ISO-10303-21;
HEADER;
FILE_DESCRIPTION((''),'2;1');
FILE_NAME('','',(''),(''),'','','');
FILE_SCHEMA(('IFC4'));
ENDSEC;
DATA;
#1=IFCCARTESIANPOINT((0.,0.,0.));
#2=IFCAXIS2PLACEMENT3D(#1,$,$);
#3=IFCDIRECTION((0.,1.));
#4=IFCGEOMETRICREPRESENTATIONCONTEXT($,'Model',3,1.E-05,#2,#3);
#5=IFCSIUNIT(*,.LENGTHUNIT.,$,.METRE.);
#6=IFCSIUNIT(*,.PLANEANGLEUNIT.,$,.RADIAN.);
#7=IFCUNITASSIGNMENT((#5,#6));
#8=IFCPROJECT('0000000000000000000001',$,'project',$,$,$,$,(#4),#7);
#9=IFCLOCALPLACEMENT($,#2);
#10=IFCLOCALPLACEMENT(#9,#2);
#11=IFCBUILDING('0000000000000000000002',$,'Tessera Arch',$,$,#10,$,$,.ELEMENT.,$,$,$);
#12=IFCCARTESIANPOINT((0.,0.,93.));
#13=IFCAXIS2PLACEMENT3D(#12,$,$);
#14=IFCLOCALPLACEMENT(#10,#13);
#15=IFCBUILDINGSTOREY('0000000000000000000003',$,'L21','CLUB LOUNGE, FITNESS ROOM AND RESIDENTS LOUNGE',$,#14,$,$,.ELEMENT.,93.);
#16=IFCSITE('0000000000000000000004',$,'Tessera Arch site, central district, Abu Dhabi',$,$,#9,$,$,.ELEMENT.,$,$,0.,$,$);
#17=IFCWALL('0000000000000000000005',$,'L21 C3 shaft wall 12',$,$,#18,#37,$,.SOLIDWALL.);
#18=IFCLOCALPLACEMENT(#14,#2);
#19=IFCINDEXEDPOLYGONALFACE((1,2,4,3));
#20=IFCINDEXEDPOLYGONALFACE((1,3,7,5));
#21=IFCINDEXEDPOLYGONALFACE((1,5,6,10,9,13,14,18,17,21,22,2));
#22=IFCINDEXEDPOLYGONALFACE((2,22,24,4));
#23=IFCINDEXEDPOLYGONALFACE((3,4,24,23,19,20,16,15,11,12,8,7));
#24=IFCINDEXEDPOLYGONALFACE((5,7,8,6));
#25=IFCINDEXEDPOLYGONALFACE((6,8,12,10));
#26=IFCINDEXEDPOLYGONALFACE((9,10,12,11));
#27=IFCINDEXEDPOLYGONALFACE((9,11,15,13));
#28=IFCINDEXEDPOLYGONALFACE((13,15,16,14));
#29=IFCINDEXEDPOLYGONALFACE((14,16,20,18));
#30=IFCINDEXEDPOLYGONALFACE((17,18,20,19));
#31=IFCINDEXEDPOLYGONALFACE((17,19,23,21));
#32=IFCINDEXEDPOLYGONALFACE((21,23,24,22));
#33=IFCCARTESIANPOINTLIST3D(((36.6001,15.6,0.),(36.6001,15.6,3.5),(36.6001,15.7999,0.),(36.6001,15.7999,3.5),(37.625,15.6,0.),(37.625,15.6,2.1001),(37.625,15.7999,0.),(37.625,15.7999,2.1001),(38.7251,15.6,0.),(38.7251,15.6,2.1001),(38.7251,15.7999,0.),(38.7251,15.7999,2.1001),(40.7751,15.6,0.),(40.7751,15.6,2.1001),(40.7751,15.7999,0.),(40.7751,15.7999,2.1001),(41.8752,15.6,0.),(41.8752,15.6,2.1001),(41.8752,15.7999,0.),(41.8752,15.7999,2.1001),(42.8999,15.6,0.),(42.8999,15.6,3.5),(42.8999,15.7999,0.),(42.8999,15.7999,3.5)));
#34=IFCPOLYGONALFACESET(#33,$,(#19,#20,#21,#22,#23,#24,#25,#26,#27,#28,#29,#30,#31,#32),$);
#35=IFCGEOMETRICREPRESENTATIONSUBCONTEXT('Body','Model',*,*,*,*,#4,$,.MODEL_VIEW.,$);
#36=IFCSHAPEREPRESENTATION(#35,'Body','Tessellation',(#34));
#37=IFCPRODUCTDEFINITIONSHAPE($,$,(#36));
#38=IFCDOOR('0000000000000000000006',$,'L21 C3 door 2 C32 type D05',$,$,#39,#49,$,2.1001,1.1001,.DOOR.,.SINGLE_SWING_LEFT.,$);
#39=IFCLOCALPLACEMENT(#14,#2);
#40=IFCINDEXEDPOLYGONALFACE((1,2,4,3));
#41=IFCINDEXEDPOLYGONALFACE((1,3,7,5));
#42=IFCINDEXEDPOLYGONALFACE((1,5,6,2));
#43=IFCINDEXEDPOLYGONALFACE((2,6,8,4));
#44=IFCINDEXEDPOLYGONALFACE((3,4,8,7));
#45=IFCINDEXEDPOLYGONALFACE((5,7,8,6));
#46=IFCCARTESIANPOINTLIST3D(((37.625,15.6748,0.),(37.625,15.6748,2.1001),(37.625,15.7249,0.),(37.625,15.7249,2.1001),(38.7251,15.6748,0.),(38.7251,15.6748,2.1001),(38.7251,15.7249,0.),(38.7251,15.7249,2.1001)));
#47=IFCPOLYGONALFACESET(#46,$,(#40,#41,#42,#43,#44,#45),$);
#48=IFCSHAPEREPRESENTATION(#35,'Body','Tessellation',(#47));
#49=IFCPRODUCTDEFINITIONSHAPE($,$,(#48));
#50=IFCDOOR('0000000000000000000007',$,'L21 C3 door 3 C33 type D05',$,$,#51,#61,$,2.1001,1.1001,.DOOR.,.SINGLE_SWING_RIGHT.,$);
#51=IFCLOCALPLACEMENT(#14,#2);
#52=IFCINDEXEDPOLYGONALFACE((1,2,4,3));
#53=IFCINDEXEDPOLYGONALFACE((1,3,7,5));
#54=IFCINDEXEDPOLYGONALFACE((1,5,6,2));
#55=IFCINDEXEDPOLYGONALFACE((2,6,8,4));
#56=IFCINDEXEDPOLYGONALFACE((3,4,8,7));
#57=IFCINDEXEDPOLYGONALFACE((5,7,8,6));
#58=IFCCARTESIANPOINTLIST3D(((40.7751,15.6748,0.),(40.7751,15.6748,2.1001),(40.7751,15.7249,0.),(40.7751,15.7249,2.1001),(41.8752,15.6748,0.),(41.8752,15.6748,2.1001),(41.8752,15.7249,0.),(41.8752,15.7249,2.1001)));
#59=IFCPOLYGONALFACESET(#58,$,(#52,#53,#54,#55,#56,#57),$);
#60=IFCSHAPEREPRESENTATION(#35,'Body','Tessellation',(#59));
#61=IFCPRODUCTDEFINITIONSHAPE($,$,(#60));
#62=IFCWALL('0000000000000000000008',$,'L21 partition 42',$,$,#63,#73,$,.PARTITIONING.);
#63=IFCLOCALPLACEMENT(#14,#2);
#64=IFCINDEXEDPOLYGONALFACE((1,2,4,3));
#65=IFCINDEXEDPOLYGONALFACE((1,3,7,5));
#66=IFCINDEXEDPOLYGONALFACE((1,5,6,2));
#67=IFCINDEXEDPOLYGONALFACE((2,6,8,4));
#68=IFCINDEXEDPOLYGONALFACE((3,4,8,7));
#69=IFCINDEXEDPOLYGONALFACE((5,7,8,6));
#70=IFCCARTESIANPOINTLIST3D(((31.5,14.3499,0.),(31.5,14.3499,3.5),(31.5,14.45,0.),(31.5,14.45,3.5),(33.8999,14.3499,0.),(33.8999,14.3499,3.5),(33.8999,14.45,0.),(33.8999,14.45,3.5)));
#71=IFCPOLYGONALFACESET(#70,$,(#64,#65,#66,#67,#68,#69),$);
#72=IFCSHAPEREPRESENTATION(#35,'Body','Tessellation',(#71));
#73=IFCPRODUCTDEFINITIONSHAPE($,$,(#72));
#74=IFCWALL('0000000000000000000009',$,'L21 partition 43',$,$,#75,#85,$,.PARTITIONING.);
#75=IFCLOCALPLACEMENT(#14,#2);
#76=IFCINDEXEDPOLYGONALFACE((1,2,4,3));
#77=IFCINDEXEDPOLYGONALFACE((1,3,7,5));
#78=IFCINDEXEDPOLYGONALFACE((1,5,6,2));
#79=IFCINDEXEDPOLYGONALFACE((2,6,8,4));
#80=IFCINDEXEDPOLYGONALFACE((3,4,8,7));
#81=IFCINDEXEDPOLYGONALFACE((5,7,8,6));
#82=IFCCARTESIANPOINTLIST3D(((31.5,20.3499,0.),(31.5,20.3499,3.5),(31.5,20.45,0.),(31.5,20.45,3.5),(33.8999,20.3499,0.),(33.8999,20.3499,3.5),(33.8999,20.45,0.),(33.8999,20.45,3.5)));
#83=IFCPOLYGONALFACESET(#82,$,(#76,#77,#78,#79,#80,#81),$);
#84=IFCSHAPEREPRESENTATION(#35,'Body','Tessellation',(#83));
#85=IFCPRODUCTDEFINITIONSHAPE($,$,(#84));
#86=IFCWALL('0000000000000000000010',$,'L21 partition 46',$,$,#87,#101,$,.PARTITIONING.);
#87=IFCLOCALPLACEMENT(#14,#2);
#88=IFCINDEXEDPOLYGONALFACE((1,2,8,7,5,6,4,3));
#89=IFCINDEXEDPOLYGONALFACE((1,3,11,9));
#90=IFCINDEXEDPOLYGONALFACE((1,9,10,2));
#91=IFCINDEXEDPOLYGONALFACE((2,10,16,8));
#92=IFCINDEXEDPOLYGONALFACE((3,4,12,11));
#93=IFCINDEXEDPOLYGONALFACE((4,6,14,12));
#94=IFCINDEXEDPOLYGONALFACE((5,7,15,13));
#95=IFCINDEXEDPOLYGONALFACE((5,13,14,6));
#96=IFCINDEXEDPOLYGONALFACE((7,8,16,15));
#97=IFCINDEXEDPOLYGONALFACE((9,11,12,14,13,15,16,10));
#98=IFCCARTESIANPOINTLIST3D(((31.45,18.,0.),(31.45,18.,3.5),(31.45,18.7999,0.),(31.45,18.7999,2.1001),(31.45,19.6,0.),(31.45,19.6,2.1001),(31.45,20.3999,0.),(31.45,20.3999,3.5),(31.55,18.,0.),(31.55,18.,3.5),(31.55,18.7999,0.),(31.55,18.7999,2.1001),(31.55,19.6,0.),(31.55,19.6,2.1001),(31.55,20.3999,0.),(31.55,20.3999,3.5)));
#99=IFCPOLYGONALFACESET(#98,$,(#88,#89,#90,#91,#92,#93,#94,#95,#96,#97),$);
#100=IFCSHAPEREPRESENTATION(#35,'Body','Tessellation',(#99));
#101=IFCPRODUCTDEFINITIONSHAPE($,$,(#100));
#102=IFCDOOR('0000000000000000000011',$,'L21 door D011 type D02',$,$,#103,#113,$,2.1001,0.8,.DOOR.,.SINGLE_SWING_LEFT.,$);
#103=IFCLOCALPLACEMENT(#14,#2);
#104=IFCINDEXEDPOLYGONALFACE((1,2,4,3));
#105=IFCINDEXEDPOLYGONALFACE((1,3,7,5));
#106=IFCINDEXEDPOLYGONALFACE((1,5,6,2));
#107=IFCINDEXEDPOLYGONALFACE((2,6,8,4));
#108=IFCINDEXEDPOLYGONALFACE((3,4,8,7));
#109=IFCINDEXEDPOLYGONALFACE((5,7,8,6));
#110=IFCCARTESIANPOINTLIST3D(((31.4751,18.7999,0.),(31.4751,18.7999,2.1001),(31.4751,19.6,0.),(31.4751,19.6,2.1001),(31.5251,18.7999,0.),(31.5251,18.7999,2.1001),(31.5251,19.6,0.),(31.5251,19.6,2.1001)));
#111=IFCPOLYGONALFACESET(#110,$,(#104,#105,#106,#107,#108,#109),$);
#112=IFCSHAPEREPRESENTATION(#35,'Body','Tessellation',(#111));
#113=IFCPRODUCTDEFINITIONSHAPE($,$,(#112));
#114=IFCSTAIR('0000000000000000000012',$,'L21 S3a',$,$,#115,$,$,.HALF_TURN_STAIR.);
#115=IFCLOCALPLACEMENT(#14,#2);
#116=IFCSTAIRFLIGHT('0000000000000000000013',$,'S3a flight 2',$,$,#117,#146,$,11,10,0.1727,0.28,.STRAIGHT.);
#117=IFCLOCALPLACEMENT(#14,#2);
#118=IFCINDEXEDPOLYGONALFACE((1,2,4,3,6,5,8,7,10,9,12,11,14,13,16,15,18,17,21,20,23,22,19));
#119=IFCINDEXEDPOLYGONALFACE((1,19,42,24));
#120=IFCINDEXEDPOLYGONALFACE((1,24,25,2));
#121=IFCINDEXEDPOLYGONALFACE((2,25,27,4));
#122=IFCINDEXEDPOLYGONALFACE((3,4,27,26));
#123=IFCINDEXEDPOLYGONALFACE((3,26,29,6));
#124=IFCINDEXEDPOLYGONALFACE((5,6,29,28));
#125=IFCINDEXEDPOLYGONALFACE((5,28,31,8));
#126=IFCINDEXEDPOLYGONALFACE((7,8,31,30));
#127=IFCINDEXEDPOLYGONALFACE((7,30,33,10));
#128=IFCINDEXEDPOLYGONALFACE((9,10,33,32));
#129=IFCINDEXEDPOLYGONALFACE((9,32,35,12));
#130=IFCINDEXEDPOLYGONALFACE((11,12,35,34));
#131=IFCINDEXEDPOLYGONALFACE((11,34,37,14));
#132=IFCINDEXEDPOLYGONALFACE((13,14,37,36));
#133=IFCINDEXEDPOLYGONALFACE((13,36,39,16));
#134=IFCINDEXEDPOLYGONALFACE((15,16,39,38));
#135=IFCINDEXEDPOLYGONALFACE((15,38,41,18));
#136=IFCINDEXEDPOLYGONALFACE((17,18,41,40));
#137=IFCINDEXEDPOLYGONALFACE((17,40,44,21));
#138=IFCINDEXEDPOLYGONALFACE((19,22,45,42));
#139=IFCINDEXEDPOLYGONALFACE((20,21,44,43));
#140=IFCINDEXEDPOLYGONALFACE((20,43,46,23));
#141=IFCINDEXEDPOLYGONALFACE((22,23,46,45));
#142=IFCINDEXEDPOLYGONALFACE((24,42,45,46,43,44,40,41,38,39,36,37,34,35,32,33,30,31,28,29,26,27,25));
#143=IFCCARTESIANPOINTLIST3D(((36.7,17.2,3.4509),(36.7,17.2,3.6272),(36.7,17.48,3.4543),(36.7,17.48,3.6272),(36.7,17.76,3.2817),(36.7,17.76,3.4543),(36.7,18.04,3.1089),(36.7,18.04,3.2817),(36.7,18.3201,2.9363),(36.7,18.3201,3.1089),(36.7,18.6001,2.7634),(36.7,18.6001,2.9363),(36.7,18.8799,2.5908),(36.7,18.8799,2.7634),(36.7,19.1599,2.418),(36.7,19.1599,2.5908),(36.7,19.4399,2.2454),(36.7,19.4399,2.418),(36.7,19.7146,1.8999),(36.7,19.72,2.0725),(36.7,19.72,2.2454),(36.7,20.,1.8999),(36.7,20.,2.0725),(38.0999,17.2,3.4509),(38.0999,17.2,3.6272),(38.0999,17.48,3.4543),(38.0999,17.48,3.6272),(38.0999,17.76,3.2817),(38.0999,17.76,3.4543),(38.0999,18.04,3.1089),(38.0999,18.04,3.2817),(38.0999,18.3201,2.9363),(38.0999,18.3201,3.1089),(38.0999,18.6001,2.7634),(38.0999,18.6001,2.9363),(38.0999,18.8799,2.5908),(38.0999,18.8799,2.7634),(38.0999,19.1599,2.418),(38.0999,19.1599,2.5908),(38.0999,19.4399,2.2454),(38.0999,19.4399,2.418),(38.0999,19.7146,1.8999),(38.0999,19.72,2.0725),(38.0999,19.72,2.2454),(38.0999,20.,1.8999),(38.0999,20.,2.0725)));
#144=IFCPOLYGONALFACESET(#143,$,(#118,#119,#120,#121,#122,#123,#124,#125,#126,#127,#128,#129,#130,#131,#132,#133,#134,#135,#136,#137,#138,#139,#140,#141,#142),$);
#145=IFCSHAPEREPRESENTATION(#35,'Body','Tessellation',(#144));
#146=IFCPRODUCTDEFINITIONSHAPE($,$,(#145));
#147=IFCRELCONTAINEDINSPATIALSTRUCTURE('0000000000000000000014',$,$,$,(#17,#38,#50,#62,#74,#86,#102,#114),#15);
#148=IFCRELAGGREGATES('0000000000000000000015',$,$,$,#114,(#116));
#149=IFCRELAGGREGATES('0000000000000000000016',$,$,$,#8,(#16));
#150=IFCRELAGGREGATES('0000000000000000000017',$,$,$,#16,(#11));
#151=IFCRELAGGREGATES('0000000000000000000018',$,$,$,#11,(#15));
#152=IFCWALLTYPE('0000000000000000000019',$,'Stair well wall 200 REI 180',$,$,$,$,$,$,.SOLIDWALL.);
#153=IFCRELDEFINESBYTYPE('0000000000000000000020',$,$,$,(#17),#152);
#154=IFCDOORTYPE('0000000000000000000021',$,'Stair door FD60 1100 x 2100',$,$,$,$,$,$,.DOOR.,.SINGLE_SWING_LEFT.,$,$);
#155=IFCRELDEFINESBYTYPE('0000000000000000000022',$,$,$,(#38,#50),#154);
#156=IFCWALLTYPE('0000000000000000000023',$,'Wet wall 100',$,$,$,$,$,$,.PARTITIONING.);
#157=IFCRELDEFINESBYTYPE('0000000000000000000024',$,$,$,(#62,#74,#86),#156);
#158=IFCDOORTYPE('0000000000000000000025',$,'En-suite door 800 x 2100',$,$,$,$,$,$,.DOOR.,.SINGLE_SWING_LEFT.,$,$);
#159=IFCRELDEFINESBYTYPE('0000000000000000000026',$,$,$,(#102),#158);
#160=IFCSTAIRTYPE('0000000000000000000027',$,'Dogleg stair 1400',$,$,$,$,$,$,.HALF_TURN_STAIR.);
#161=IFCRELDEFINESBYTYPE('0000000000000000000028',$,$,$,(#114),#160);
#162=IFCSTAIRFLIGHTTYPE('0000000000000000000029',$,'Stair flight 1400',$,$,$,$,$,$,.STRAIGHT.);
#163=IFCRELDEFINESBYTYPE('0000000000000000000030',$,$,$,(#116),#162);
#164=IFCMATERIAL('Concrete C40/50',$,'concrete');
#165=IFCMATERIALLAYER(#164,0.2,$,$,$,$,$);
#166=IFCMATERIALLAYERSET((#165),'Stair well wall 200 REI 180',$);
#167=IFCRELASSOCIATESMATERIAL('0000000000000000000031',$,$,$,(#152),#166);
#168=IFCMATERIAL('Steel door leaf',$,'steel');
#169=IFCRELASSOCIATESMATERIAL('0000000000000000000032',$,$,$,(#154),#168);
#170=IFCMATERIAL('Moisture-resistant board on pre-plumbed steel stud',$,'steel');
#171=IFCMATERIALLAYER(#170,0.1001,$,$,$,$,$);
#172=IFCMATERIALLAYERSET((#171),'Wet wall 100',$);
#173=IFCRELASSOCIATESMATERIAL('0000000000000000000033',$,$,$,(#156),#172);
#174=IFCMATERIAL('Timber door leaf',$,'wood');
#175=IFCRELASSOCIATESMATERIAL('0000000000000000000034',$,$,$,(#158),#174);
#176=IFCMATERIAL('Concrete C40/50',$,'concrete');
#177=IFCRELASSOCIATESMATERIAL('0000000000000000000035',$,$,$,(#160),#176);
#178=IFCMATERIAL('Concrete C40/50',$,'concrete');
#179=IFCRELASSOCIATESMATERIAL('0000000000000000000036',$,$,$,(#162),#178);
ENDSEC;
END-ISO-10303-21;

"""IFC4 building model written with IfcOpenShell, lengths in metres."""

from ifc_helpers import new_model, si_unit, direction, frame, frame_2d, origin, place, context, subcontext, project, spatial, polyline, rectangle, outline, extrude, material, layer, layer_set, type_object, element, fill, aggregate, save


model = new_model("IFC4")

# Units and contexts
model_context = context("Model", 3, precision=1e-05, world=origin(), true_north=direction((0.0, 1.0)))
body_context = subcontext(model_context, "Body", "Model", "MODEL_VIEW")
ifc_project = project(units=[si_unit("LENGTHUNIT", "METRE"), si_unit("PLANEANGLEUNIT", "RADIAN")], contexts=[model_context])

# Site, building, storey
site_placement = place(None, origin())
site = spatial("IfcSite", under=ifc_project, at=site_placement, Name="Tessera Arch site, central district, Abu Dhabi", CompositionType="ELEMENT", RefElevation=0.0)
building_placement = place(site_placement, origin())
building = spatial("IfcBuilding", under=site, at=building_placement, Name="Tessera Arch", CompositionType="ELEMENT")
storey_placement = place(building_placement, frame((0.0, 0.0, 93.0)))
storey = spatial("IfcBuildingStorey", under=building, at=storey_placement, Name="L21", Description="CLUB LOUNGE, FITNESS ROOM AND RESIDENTS LOUNGE", CompositionType="ELEMENT", Elevation=93.0)

# Wall, openings, doors
ifc_material_1 = material(Name="Concrete C40/50", Category="concrete")
ifc_layer_1 = layer(ifc_material_1, 0.2)
ifc_layer_set_1 = layer_set([ifc_layer_1], Name="Stair well wall 200 REI 180")
wall_type_1 = type_object("IfcWallType", Name="Stair well wall 200 REI 180", PredefinedType="SOLIDWALL", material=ifc_layer_set_1)
wall_1_placement = place(storey_placement, frame((36.6001, 15.7, 0.0), z_axis=(0.0, 0.0, 1.0), x_axis=(1.0, 0.0, 0.0)))
wall_1 = element("IfcWall", 1, at=wall_1_placement, inside=storey, type_object=wall_type_1, Name="L21 C3 shaft wall 12", PredefinedType="SOLIDWALL", context=body_context, shape_type="SweptSolid", body=[
    extrude(rectangle(XDim=6.2998, YDim=0.2, at=frame_2d((3.1499, 0.0))), origin(), (0.0, 0.0, 1.0), 3.5),
])
opening_1_placement = place(wall_1_placement, frame((1.0249, 0.0, 0.0)))
opening_1 = element("IfcOpeningElement", 2, at=opening_1_placement, cuts=wall_1, PredefinedType="OPENING", context=body_context, shape_type="SweptSolid", body=[
    extrude(rectangle(XDim=1.1001, YDim=2.1001, at=frame_2d((0.55, 1.05))), frame((0.0, 0.1099, 0.0), z_axis=(0.0, -1.0, 0.0), x_axis=(1.0, 0.0, 0.0)), (0.0, 0.0, 1.0), 0.22),
])
opening_2_placement = place(wall_1_placement, frame((4.175, 0.0, 0.0)))
opening_2 = element("IfcOpeningElement", 3, at=opening_2_placement, cuts=wall_1, PredefinedType="OPENING", context=body_context, shape_type="SweptSolid", body=[
    extrude(rectangle(XDim=1.1001, YDim=2.1001, at=frame_2d((0.55, 1.05))), frame((0.0, 0.1099, 0.0), z_axis=(0.0, -1.0, 0.0), x_axis=(1.0, 0.0, 0.0)), (0.0, 0.0, 1.0), 0.22),
])
ifc_material_2 = material(Name="Steel door leaf", Category="steel")
door_type_1 = type_object("IfcDoorType", Name="Stair door FD60 1100 x 2100", OperationType="SINGLE_SWING_LEFT", PredefinedType="DOOR", material=ifc_material_2)
door_1_placement = place(opening_1_placement, origin())
door_1 = element("IfcDoor", 4, at=door_1_placement, inside=storey, type_object=door_type_1, Name="L21 C3 door 2 C32 type D05", OperationType="SINGLE_SWING_LEFT", OverallHeight=2.1001, OverallWidth=1.1001, PredefinedType="DOOR", context=body_context, shape_type="SweptSolid", body=[
    extrude(rectangle(XDim=1.1001, YDim=2.1001, at=frame_2d((0.55, 1.05))), frame((0.0, 0.0249, 0.0), z_axis=(0.0, -1.0, 0.0), x_axis=(1.0, 0.0, 0.0)), (0.0, 0.0, 1.0), 0.05),
])
fill(opening_1, door_1)
door_2_placement = place(opening_2_placement, origin())
door_2 = element("IfcDoor", 5, at=door_2_placement, inside=storey, type_object=door_type_1, Name="L21 C3 door 3 C33 type D05", OperationType="SINGLE_SWING_RIGHT", OverallHeight=2.1001, OverallWidth=1.1001, PredefinedType="DOOR", context=body_context, shape_type="SweptSolid", body=[
    extrude(rectangle(XDim=1.1001, YDim=2.1001, at=frame_2d((0.55, 1.05))), frame((0.0, 0.0249, 0.0), z_axis=(0.0, -1.0, 0.0), x_axis=(1.0, 0.0, 0.0)), (0.0, 0.0, 1.0), 0.05),
])
fill(opening_2, door_2)

# Walls
ifc_material_3 = material(Name="Moisture-resistant board on pre-plumbed steel stud", Category="steel")
ifc_layer_2 = layer(ifc_material_3, 0.1001)
ifc_layer_set_2 = layer_set([ifc_layer_2], Name="Wet wall 100")
wall_type_2 = type_object("IfcWallType", Name="Wet wall 100", PredefinedType="PARTITIONING", material=ifc_layer_set_2)
for number, where, z_axis, x_axis, name in (
    (6, (31.5, 14.3999, 0.0), (0.0, 0.0, 1.0), (1.0, 0.0, 0.0), "L21 partition 42"),
    (7, (31.5, 20.3999, 0.0), (0.0, 0.0, 1.0), (1.0, 0.0, 0.0), "L21 partition 43"),
):
    element("IfcWall", number, at=place(storey_placement, frame(where, z_axis=z_axis, x_axis=x_axis)), inside=storey, type_object=wall_type_2, Name=name, PredefinedType="PARTITIONING", context=body_context, shape_type="SweptSolid", body=[
        extrude(rectangle(XDim=2.3999, YDim=0.1001, at=frame_2d((1.2, 0.0))), origin(), (0.0, 0.0, 1.0), 3.5),
    ])

# Wall, opening, door
wall_2_placement = place(storey_placement, frame((31.5, 18.0, 0.0), z_axis=(0.0, 0.0, 1.0), x_axis=(0.0, 1.0, 0.0)))
wall_2 = element("IfcWall", 8, at=wall_2_placement, inside=storey, type_object=wall_type_2, Name="L21 partition 46", PredefinedType="PARTITIONING", context=body_context, shape_type="SweptSolid", body=[
    extrude(rectangle(XDim=2.3999, YDim=0.1001, at=frame_2d((1.2, 0.0))), origin(), (0.0, 0.0, 1.0), 3.5),
])
opening_3_placement = place(wall_2_placement, frame((0.8, 0.0, 0.0)))
opening_3 = element("IfcOpeningElement", 9, at=opening_3_placement, cuts=wall_2, PredefinedType="OPENING", context=body_context, shape_type="SweptSolid", body=[
    extrude(rectangle(XDim=0.8, YDim=2.1001, at=frame_2d((0.3999, 1.05))), frame((0.0, 0.0601, 0.0), z_axis=(0.0, -1.0, 0.0), x_axis=(1.0, 0.0, 0.0)), (0.0, 0.0, 1.0), 0.1201),
])
ifc_material_4 = material(Name="Timber door leaf", Category="wood")
door_type_2 = type_object("IfcDoorType", Name="En-suite door 800 x 2100", OperationType="SINGLE_SWING_LEFT", PredefinedType="DOOR", material=ifc_material_4)
door_3_placement = place(opening_3_placement, origin())
door_3 = element("IfcDoor", 10, at=door_3_placement, inside=storey, type_object=door_type_2, Name="L21 door D011 type D02", OperationType="SINGLE_SWING_LEFT", OverallHeight=2.1001, OverallWidth=0.8, PredefinedType="DOOR", context=body_context, shape_type="SweptSolid", body=[
    extrude(rectangle(XDim=0.8, YDim=2.1001, at=frame_2d((0.3999, 1.05))), frame((0.0, 0.0249, 0.0), z_axis=(0.0, -1.0, 0.0), x_axis=(1.0, 0.0, 0.0)), (0.0, 0.0, 1.0), 0.05),
])
fill(opening_3, door_3)

# Stair, stair flight
ifc_material_5 = material(Name="Concrete C40/50", Category="concrete")
stair_type = type_object("IfcStairType", Name="Dogleg stair 1400", PredefinedType="HALF_TURN_STAIR", material=ifc_material_5)
stair_placement = place(storey_placement, origin())
stair = element("IfcStair", 11, at=stair_placement, inside=storey, type_object=stair_type, Name="L21 S3a", PredefinedType="HALF_TURN_STAIR")
ifc_material_6 = material(Name="Concrete C40/50", Category="concrete")
stair_flight_type = type_object("IfcStairFlightType", Name="Stair flight 1400", PredefinedType="STRAIGHT", material=ifc_material_6)
stair_flight_placement = place(storey_placement, frame((37.3999, 20.0, 1.8999), z_axis=(0.0, 0.0, 1.0), x_axis=(0.0, -1.0, 0.0)))
stair_flight = element("IfcStairFlight", 12, at=stair_flight_placement, type_object=stair_flight_type, Name="S3a flight 2", NumberOfRisers=11, NumberOfTreads=10, PredefinedType="STRAIGHT", RiserHeight=0.1727, TreadLength=0.28, context=body_context, shape_type="SweptSolid", body=[
    extrude(outline(polyline([(0.0, 0.0), (0.0, 0.1726), (0.28, 0.1726), (0.28, 0.3455), (0.5601, 0.3455), (0.5601, 0.5181), (0.8401, 0.5181), (0.8401, 0.6909), (1.1201, 0.6909), (1.1201, 0.8635), (1.3999, 0.8635), (1.3999, 1.0364), (1.6799, 1.0364), (1.6799, 1.209), (1.96, 1.209), (1.96, 1.3818), (2.24, 1.3818), (2.24, 1.5544), (2.52, 1.5544), (2.52, 1.7273), (2.8, 1.7273), (2.8, 1.8999), (2.8, 1.551), (0.2854, 0.0), (0.0, 0.0)])), frame((0.0, 0.7, 0.0), z_axis=(0.0, -1.0, 0.0), x_axis=(1.0, 0.0, 0.0)), (0.0, 0.0, 1.0), 1.3999),
])
aggregate(stair, [stair_flight])

save(model, "model.ifc")
